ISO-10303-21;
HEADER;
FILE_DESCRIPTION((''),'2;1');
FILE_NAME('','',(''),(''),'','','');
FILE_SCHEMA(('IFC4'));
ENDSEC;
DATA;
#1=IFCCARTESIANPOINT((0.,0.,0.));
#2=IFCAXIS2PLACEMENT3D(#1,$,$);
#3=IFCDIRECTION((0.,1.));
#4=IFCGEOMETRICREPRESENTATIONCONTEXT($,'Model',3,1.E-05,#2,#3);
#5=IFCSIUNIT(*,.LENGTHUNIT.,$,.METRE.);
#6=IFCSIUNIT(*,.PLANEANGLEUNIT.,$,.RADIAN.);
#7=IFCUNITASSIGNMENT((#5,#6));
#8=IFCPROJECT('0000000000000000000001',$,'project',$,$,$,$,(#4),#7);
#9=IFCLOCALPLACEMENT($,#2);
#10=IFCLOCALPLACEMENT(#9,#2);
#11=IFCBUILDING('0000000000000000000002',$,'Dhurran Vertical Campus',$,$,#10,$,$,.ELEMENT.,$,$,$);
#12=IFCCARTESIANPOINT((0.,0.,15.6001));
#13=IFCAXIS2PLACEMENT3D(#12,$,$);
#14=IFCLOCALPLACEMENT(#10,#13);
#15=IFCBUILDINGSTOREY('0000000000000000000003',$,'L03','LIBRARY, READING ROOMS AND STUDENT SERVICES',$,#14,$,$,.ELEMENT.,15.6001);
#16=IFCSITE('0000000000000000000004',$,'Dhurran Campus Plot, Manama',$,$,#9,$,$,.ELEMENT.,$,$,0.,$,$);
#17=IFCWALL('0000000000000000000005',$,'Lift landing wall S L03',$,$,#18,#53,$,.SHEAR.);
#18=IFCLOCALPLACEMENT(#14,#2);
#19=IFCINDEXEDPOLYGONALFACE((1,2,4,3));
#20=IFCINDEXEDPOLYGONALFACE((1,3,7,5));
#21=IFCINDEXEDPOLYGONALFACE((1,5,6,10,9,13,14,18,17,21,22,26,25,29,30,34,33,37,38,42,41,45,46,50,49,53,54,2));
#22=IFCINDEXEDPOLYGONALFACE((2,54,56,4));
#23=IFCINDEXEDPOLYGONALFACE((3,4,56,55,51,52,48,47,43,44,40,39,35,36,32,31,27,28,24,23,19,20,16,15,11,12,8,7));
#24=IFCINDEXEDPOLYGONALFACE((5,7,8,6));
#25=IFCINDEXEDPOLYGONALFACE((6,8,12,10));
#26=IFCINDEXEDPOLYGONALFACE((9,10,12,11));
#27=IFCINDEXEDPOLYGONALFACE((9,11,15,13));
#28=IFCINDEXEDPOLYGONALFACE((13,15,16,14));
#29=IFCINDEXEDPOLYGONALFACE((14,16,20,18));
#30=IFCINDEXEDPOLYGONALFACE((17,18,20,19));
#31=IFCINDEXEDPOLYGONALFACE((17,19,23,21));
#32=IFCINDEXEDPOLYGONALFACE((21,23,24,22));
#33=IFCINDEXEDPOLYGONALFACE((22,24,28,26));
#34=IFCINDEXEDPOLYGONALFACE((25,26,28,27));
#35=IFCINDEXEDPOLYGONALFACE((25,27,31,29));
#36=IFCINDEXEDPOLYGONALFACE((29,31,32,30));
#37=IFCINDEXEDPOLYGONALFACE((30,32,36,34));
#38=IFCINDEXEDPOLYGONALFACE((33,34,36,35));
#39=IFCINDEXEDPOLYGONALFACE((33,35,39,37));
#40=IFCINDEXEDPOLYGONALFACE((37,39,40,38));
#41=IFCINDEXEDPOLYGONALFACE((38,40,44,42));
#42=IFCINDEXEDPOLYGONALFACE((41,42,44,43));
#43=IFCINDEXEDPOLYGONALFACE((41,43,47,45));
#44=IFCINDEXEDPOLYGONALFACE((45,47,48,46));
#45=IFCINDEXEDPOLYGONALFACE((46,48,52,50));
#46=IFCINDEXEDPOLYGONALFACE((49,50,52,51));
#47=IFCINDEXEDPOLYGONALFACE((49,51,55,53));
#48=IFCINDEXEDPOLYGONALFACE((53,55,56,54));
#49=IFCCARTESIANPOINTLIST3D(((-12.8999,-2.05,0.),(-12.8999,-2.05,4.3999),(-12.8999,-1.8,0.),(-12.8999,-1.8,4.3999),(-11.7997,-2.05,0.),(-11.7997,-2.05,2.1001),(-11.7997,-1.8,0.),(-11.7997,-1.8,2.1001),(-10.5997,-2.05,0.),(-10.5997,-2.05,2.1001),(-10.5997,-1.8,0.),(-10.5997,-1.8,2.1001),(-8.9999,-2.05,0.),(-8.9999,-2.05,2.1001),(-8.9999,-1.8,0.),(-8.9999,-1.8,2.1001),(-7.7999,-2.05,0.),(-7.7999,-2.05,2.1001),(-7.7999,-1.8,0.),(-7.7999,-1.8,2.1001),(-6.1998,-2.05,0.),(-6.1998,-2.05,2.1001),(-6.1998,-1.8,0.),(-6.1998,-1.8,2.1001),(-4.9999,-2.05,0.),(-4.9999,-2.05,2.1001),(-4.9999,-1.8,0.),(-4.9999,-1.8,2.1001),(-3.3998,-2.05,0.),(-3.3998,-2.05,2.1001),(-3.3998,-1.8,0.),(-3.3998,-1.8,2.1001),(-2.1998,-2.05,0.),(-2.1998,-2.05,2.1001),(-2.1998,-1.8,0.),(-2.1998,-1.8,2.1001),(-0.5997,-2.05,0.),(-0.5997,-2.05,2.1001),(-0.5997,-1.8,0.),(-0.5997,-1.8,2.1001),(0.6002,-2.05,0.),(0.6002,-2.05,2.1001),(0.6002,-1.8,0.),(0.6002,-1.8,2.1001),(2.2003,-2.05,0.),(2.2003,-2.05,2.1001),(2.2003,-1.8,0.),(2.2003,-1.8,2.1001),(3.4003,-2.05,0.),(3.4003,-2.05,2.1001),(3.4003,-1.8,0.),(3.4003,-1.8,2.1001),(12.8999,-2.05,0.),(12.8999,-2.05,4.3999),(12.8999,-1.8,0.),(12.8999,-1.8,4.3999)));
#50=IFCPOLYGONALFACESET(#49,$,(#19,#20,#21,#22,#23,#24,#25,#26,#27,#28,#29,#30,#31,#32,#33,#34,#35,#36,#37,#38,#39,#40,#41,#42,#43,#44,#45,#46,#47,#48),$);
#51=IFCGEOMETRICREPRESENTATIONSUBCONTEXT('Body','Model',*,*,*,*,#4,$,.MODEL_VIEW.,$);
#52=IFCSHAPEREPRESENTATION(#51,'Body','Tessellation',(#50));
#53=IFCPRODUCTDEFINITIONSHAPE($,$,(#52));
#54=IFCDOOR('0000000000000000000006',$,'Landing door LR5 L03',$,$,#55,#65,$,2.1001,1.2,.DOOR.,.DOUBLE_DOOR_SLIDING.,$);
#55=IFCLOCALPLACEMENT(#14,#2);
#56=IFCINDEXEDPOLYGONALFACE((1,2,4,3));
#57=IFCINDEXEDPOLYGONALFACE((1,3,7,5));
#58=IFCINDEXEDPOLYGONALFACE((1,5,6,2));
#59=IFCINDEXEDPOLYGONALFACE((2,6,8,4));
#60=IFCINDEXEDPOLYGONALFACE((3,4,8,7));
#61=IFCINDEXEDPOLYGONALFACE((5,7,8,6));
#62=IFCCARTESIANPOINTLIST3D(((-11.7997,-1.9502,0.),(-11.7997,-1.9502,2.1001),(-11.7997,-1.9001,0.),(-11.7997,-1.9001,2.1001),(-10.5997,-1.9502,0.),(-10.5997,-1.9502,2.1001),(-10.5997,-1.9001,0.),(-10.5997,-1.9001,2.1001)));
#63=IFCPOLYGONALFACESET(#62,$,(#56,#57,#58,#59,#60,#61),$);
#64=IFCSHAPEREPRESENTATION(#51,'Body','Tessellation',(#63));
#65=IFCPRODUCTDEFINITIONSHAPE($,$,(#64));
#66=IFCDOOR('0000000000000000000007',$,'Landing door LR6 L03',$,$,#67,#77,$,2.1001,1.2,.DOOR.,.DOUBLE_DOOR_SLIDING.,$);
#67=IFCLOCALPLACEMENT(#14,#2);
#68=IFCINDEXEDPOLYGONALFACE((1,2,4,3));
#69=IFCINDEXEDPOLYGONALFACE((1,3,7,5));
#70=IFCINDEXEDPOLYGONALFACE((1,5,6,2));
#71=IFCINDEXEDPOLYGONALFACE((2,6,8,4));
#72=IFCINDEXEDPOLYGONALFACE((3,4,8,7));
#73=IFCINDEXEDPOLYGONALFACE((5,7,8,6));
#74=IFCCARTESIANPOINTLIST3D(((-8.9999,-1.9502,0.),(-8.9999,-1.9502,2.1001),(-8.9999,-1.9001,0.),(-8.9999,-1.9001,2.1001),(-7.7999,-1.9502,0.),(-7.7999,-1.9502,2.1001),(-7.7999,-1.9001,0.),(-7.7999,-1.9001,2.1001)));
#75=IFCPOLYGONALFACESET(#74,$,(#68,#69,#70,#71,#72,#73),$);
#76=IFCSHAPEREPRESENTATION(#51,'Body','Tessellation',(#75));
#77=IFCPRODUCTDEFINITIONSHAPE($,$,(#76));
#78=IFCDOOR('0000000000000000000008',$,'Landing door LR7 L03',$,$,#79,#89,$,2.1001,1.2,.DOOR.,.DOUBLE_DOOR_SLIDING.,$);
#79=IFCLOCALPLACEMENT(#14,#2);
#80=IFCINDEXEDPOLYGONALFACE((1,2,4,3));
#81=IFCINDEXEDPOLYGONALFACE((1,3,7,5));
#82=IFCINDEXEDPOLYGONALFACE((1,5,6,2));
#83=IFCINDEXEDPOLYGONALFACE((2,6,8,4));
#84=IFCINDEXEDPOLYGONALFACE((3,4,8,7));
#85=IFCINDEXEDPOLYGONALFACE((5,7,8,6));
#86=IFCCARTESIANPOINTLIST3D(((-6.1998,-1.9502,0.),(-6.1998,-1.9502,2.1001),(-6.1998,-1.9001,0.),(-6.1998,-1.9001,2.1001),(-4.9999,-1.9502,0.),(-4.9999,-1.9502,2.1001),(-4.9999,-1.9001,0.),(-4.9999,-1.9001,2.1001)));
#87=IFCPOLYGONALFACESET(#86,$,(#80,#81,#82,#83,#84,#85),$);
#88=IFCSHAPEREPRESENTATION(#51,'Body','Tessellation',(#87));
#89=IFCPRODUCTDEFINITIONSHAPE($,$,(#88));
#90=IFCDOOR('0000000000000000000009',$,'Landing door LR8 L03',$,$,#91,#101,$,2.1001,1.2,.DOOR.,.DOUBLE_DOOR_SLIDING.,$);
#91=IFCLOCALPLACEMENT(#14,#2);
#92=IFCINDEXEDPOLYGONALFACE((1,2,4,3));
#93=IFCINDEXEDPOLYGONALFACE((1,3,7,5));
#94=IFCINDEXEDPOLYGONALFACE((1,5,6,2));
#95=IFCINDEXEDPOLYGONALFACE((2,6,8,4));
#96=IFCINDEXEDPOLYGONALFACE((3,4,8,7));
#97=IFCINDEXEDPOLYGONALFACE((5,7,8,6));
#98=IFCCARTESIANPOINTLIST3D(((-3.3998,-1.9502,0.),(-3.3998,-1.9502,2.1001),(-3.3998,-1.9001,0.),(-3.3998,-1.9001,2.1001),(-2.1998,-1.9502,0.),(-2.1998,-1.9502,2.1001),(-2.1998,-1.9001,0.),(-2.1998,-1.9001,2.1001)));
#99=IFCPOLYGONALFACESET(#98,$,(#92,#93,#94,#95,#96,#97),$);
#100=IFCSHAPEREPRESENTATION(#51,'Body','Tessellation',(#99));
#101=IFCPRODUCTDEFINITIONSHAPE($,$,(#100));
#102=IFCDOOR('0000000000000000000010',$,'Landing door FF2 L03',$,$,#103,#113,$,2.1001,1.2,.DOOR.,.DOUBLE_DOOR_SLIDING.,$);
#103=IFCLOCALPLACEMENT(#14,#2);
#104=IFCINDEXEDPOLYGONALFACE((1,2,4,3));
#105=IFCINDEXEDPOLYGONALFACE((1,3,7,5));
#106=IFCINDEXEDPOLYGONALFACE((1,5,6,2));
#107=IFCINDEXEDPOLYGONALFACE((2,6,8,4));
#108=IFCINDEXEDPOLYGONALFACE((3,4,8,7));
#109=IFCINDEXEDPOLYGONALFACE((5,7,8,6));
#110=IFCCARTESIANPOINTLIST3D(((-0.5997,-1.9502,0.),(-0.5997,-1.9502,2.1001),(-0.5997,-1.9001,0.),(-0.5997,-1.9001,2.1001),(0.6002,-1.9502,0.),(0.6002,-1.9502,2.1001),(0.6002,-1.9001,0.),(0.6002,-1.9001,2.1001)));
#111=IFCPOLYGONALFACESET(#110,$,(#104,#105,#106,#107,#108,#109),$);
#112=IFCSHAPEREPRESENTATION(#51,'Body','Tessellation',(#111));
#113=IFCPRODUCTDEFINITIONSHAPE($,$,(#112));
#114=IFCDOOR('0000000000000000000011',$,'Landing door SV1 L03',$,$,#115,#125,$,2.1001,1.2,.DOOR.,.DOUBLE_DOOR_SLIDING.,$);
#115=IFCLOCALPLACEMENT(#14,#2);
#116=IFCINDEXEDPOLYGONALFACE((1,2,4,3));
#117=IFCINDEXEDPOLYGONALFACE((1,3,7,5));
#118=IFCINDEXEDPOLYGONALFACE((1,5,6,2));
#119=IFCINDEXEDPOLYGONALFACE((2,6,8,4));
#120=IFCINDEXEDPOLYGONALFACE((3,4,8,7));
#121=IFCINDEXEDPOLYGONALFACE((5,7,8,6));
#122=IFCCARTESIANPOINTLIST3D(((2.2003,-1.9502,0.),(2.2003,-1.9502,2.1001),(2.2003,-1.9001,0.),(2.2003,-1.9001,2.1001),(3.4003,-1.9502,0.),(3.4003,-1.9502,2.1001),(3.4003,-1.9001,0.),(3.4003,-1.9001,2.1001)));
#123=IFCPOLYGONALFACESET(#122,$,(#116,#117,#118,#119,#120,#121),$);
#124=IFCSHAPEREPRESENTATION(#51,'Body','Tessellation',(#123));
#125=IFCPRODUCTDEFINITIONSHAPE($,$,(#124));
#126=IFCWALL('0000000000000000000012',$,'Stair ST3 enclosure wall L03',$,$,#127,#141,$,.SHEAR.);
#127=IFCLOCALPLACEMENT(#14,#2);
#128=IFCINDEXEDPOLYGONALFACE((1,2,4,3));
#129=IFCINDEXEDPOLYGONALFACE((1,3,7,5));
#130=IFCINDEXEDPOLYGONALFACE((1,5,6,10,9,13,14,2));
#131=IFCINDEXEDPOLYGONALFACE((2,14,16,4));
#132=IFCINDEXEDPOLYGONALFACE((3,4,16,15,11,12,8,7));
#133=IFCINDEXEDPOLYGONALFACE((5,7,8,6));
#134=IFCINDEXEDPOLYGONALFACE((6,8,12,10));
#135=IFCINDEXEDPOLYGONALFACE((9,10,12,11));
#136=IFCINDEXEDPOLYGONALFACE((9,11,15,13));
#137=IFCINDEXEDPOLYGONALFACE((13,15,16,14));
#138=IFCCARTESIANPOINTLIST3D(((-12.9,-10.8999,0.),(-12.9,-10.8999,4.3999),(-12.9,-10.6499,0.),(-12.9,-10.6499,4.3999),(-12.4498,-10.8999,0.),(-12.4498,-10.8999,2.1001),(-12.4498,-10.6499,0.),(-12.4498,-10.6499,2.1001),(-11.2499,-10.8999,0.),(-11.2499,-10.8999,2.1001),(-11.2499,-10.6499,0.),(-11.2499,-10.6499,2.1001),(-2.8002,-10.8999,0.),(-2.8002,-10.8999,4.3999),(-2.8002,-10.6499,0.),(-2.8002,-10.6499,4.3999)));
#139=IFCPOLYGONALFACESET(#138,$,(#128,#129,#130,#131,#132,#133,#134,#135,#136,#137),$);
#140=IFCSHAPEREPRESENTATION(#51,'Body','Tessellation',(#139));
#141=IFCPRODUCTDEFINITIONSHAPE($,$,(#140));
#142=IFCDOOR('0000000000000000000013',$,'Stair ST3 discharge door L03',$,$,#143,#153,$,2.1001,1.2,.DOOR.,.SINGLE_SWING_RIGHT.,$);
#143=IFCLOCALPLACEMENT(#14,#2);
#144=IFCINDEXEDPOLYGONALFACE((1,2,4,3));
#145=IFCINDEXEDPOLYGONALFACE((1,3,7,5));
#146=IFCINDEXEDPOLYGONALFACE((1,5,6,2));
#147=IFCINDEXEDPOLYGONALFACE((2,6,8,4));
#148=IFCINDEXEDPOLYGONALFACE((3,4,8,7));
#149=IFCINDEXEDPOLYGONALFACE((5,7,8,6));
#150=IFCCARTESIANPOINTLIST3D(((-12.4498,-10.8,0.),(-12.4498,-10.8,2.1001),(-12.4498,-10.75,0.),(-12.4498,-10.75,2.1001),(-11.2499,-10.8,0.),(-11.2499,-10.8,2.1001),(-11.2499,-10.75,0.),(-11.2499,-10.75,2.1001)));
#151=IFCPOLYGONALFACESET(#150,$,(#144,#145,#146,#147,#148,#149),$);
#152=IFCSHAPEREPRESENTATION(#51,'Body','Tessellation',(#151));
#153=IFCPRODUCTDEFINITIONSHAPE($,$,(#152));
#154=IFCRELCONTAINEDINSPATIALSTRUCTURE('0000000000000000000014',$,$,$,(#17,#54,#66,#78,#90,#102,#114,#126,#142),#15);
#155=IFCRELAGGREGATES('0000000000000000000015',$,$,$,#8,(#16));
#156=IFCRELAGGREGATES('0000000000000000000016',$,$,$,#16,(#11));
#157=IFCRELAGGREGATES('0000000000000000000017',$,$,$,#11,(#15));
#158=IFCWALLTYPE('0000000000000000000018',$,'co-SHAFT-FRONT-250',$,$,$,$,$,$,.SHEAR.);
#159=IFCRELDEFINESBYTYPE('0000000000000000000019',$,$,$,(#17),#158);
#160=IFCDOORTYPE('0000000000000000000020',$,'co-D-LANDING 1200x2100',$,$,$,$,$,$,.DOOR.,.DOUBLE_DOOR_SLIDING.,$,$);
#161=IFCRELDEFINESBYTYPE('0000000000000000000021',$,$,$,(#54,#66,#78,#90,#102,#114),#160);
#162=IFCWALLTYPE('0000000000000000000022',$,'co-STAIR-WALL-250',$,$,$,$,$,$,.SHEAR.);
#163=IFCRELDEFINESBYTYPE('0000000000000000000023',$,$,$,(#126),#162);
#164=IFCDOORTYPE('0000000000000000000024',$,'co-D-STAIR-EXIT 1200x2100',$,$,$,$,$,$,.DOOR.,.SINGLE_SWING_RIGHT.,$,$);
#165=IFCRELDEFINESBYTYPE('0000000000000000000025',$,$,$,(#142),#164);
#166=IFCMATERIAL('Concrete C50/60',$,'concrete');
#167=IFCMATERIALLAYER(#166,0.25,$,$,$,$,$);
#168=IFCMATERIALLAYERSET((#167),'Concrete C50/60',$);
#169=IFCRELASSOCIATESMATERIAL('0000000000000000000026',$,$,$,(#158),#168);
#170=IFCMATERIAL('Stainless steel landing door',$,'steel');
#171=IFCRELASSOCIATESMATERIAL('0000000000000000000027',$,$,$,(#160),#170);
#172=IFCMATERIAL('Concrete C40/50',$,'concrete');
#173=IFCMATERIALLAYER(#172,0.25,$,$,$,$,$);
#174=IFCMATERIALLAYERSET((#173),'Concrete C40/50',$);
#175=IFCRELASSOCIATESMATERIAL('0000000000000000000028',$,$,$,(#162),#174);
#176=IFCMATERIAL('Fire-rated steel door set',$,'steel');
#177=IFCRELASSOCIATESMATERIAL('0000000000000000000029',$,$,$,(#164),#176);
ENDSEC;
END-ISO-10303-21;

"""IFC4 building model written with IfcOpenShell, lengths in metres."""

from ifc_helpers import new_model, si_unit, direction, frame, frame_2d, origin, place, context, subcontext, project, spatial, rectangle, extrude, material, layer, layer_set, type_object, element, fill, save


model = new_model("IFC4")

# Units and contexts
model_context = context("Model", 3, precision=1e-05, world=origin(), true_north=direction((0.0, 1.0)))
body_context = subcontext(model_context, "Body", "Model", "MODEL_VIEW")
ifc_project = project(units=[si_unit("LENGTHUNIT", "METRE"), si_unit("PLANEANGLEUNIT", "RADIAN")], contexts=[model_context])

# Site, building, storey
site_placement = place(None, origin())
site = spatial("IfcSite", under=ifc_project, at=site_placement, Name="Dhurran Campus Plot, Manama", CompositionType="ELEMENT", RefElevation=0.0)
building_placement = place(site_placement, origin())
building = spatial("IfcBuilding", under=site, at=building_placement, Name="Dhurran Vertical Campus", CompositionType="ELEMENT")
storey_placement = place(building_placement, frame((0.0, 0.0, 15.6001)))
storey = spatial("IfcBuildingStorey", under=building, at=storey_placement, Name="L03", Description="LIBRARY, READING ROOMS AND STUDENT SERVICES", CompositionType="ELEMENT", Elevation=15.6001)

# Wall, openings, doors
ifc_material_1 = material(Name="Concrete C50/60", Category="concrete")
ifc_layer_1 = layer(ifc_material_1, 0.25)
ifc_layer_set_1 = layer_set([ifc_layer_1], Name="Concrete C50/60")
wall_type_1 = type_object("IfcWallType", Name="co-SHAFT-FRONT-250", PredefinedType="SHEAR", material=ifc_layer_set_1)
wall_1_placement = place(storey_placement, frame((-12.8999, -1.925, 0.0), z_axis=(0.0, 0.0, 1.0), x_axis=(1.0, 0.0, 0.0)))
wall_1 = element("IfcWall", 1, at=wall_1_placement, inside=storey, type_object=wall_type_1, Name="Lift landing wall S L03", PredefinedType="SHEAR", context=body_context, shape_type="SweptSolid", body=[
    extrude(rectangle(XDim=25.7998, YDim=0.25, at=frame_2d((12.8999, 0.0))), origin(), (0.0, 0.0, 1.0), 4.3999),
])
opening_1_placement = place(wall_1_placement, frame((1.1001, 0.0, 0.0)))
opening_1 = element("IfcOpeningElement", 2, at=opening_1_placement, cuts=wall_1, PredefinedType="OPENING", context=body_context, shape_type="SweptSolid", body=[
    extrude(rectangle(XDim=1.2, YDim=2.1001, at=frame_2d((0.6001, 1.05))), frame((0.0, 0.135, 0.0), z_axis=(0.0, -1.0, 0.0), x_axis=(1.0, 0.0, 0.0)), (0.0, 0.0, 1.0), 0.27),
])
opening_2_placement = place(wall_1_placement, frame((3.8999, 0.0, 0.0)))
opening_2 = element("IfcOpeningElement", 3, at=opening_2_placement, cuts=wall_1, PredefinedType="OPENING", context=body_context, shape_type="SweptSolid", body=[
    extrude(rectangle(XDim=1.2, YDim=2.1001, at=frame_2d((0.6001, 1.05))), frame((0.0, 0.135, 0.0), z_axis=(0.0, -1.0, 0.0), x_axis=(1.0, 0.0, 0.0)), (0.0, 0.0, 1.0), 0.27),
])
opening_3_placement = place(wall_1_placement, frame((6.7, 0.0, 0.0)))
opening_3 = element("IfcOpeningElement", 4, at=opening_3_placement, cuts=wall_1, PredefinedType="OPENING", context=body_context, shape_type="SweptSolid", body=[
    extrude(rectangle(XDim=1.2, YDim=2.1001, at=frame_2d((0.6001, 1.05))), frame((0.0, 0.135, 0.0), z_axis=(0.0, -1.0, 0.0), x_axis=(1.0, 0.0, 0.0)), (0.0, 0.0, 1.0), 0.27),
])
opening_4_placement = place(wall_1_placement, frame((9.5, 0.0, 0.0)))
opening_4 = element("IfcOpeningElement", 5, at=opening_4_placement, cuts=wall_1, PredefinedType="OPENING", context=body_context, shape_type="SweptSolid", body=[
    extrude(rectangle(XDim=1.2, YDim=2.1001, at=frame_2d((0.6001, 1.05))), frame((0.0, 0.135, 0.0), z_axis=(0.0, -1.0, 0.0), x_axis=(1.0, 0.0, 0.0)), (0.0, 0.0, 1.0), 0.27),
])
opening_5_placement = place(wall_1_placement, frame((12.3, 0.0, 0.0)))
opening_5 = element("IfcOpeningElement", 6, at=opening_5_placement, cuts=wall_1, PredefinedType="OPENING", context=body_context, shape_type="SweptSolid", body=[
    extrude(rectangle(XDim=1.2, YDim=2.1001, at=frame_2d((0.6001, 1.05))), frame((0.0, 0.135, 0.0), z_axis=(0.0, -1.0, 0.0), x_axis=(1.0, 0.0, 0.0)), (0.0, 0.0, 1.0), 0.27),
])
opening_6_placement = place(wall_1_placement, frame((15.1001, 0.0, 0.0)))
opening_6 = element("IfcOpeningElement", 7, at=opening_6_placement, cuts=wall_1, PredefinedType="OPENING", context=body_context, shape_type="SweptSolid", body=[
    extrude(rectangle(XDim=1.2, YDim=2.1001, at=frame_2d((0.6001, 1.05))), frame((0.0, 0.135, 0.0), z_axis=(0.0, -1.0, 0.0), x_axis=(1.0, 0.0, 0.0)), (0.0, 0.0, 1.0), 0.27),
])
ifc_material_2 = material(Name="Stainless steel landing door", Category="steel")
door_type_1 = type_object("IfcDoorType", Name="co-D-LANDING 1200x2100", OperationType="DOUBLE_DOOR_SLIDING", PredefinedType="DOOR", material=ifc_material_2)
door_1_placement = place(opening_1_placement, origin())
door_1 = element("IfcDoor", 8, at=door_1_placement, inside=storey, type_object=door_type_1, Name="Landing door LR5 L03", OperationType="DOUBLE_DOOR_SLIDING", OverallHeight=2.1001, OverallWidth=1.2, PredefinedType="DOOR", context=body_context, shape_type="SweptSolid", body=[
    extrude(rectangle(XDim=1.2, YDim=2.1001, at=frame_2d((0.6001, 1.05))), frame((0.0, 0.0249, 0.0), z_axis=(0.0, -1.0, 0.0), x_axis=(1.0, 0.0, 0.0)), (0.0, 0.0, 1.0), 0.05),
])
fill(opening_1, door_1)
door_2_placement = place(opening_2_placement, origin())
door_2 = element("IfcDoor", 9, at=door_2_placement, inside=storey, type_object=door_type_1, Name="Landing door LR6 L03", OperationType="DOUBLE_DOOR_SLIDING", OverallHeight=2.1001, OverallWidth=1.2, PredefinedType="DOOR", context=body_context, shape_type="SweptSolid", body=[
    extrude(rectangle(XDim=1.2, YDim=2.1001, at=frame_2d((0.6001, 1.05))), frame((0.0, 0.0249, 0.0), z_axis=(0.0, -1.0, 0.0), x_axis=(1.0, 0.0, 0.0)), (0.0, 0.0, 1.0), 0.05),
])
fill(opening_2, door_2)
door_3_placement = place(opening_3_placement, origin())
door_3 = element("IfcDoor", 10, at=door_3_placement, inside=storey, type_object=door_type_1, Name="Landing door LR7 L03", OperationType="DOUBLE_DOOR_SLIDING", OverallHeight=2.1001, OverallWidth=1.2, PredefinedType="DOOR", context=body_context, shape_type="SweptSolid", body=[
    extrude(rectangle(XDim=1.2, YDim=2.1001, at=frame_2d((0.6001, 1.05))), frame((0.0, 0.0249, 0.0), z_axis=(0.0, -1.0, 0.0), x_axis=(1.0, 0.0, 0.0)), (0.0, 0.0, 1.0), 0.05),
])
fill(opening_3, door_3)
door_4_placement = place(opening_4_placement, origin())
door_4 = element("IfcDoor", 11, at=door_4_placement, inside=storey, type_object=door_type_1, Name="Landing door LR8 L03", OperationType="DOUBLE_DOOR_SLIDING", OverallHeight=2.1001, OverallWidth=1.2, PredefinedType="DOOR", context=body_context, shape_type="SweptSolid", body=[
    extrude(rectangle(XDim=1.2, YDim=2.1001, at=frame_2d((0.6001, 1.05))), frame((0.0, 0.0249, 0.0), z_axis=(0.0, -1.0, 0.0), x_axis=(1.0, 0.0, 0.0)), (0.0, 0.0, 1.0), 0.05),
])
fill(opening_4, door_4)
door_5_placement = place(opening_5_placement, origin())
door_5 = element("IfcDoor", 12, at=door_5_placement, inside=storey, type_object=door_type_1, Name="Landing door FF2 L03", OperationType="DOUBLE_DOOR_SLIDING", OverallHeight=2.1001, OverallWidth=1.2, PredefinedType="DOOR", context=body_context, shape_type="SweptSolid", body=[
    extrude(rectangle(XDim=1.2, YDim=2.1001, at=frame_2d((0.6001, 1.05))), frame((0.0, 0.0249, 0.0), z_axis=(0.0, -1.0, 0.0), x_axis=(1.0, 0.0, 0.0)), (0.0, 0.0, 1.0), 0.05),
])
fill(opening_5, door_5)
door_6_placement = place(opening_6_placement, origin())
door_6 = element("IfcDoor", 13, at=door_6_placement, inside=storey, type_object=door_type_1, Name="Landing door SV1 L03", OperationType="DOUBLE_DOOR_SLIDING", OverallHeight=2.1001, OverallWidth=1.2, PredefinedType="DOOR", context=body_context, shape_type="SweptSolid", body=[
    extrude(rectangle(XDim=1.2, YDim=2.1001, at=frame_2d((0.6001, 1.05))), frame((0.0, 0.0249, 0.0), z_axis=(0.0, -1.0, 0.0), x_axis=(1.0, 0.0, 0.0)), (0.0, 0.0, 1.0), 0.05),
])
fill(opening_6, door_6)

# Wall, opening, door
ifc_material_3 = material(Name="Concrete C40/50", Category="concrete")
ifc_layer_2 = layer(ifc_material_3, 0.25)
ifc_layer_set_2 = layer_set([ifc_layer_2], Name="Concrete C40/50")
wall_type_2 = type_object("IfcWallType", Name="co-STAIR-WALL-250", PredefinedType="SHEAR", material=ifc_layer_set_2)
wall_2_placement = place(storey_placement, frame((-12.8999, -10.7749, 0.0), z_axis=(0.0, 0.0, 1.0), x_axis=(1.0, 0.0, 0.0)))
wall_2 = element("IfcWall", 14, at=wall_2_placement, inside=storey, type_object=wall_type_2, Name="Stair ST3 enclosure wall L03", PredefinedType="SHEAR", context=body_context, shape_type="SweptSolid", body=[
    extrude(rectangle(XDim=10.0999, YDim=0.25, at=frame_2d((5.0498, 0.0))), origin(), (0.0, 0.0, 1.0), 4.3999),
])
opening_7_placement = place(wall_2_placement, frame((0.45, 0.0, 0.0)))
opening_7 = element("IfcOpeningElement", 15, at=opening_7_placement, cuts=wall_2, PredefinedType="OPENING", context=body_context, shape_type="SweptSolid", body=[
    extrude(rectangle(XDim=1.2, YDim=2.1001, at=frame_2d((0.6001, 1.05))), frame((0.0, 0.135, 0.0), z_axis=(0.0, -1.0, 0.0), x_axis=(1.0, 0.0, 0.0)), (0.0, 0.0, 1.0), 0.27),
])
ifc_material_4 = material(Name="Fire-rated steel door set", Category="steel")
door_type_2 = type_object("IfcDoorType", Name="co-D-STAIR-EXIT 1200x2100", OperationType="SINGLE_SWING_RIGHT", PredefinedType="DOOR", material=ifc_material_4)
door_7_placement = place(opening_7_placement, origin())
door_7 = element("IfcDoor", 16, at=door_7_placement, inside=storey, type_object=door_type_2, Name="Stair ST3 discharge door L03", OperationType="SINGLE_SWING_RIGHT", OverallHeight=2.1001, OverallWidth=1.2, PredefinedType="DOOR", context=body_context, shape_type="SweptSolid", body=[
    extrude(rectangle(XDim=1.2, YDim=2.1001, at=frame_2d((0.6001, 1.05))), frame((0.0, 0.0249, 0.0), z_axis=(0.0, -1.0, 0.0), x_axis=(1.0, 0.0, 0.0)), (0.0, 0.0, 1.0), 0.05),
])
fill(opening_7, door_7)

save(model, "model.ifc")
